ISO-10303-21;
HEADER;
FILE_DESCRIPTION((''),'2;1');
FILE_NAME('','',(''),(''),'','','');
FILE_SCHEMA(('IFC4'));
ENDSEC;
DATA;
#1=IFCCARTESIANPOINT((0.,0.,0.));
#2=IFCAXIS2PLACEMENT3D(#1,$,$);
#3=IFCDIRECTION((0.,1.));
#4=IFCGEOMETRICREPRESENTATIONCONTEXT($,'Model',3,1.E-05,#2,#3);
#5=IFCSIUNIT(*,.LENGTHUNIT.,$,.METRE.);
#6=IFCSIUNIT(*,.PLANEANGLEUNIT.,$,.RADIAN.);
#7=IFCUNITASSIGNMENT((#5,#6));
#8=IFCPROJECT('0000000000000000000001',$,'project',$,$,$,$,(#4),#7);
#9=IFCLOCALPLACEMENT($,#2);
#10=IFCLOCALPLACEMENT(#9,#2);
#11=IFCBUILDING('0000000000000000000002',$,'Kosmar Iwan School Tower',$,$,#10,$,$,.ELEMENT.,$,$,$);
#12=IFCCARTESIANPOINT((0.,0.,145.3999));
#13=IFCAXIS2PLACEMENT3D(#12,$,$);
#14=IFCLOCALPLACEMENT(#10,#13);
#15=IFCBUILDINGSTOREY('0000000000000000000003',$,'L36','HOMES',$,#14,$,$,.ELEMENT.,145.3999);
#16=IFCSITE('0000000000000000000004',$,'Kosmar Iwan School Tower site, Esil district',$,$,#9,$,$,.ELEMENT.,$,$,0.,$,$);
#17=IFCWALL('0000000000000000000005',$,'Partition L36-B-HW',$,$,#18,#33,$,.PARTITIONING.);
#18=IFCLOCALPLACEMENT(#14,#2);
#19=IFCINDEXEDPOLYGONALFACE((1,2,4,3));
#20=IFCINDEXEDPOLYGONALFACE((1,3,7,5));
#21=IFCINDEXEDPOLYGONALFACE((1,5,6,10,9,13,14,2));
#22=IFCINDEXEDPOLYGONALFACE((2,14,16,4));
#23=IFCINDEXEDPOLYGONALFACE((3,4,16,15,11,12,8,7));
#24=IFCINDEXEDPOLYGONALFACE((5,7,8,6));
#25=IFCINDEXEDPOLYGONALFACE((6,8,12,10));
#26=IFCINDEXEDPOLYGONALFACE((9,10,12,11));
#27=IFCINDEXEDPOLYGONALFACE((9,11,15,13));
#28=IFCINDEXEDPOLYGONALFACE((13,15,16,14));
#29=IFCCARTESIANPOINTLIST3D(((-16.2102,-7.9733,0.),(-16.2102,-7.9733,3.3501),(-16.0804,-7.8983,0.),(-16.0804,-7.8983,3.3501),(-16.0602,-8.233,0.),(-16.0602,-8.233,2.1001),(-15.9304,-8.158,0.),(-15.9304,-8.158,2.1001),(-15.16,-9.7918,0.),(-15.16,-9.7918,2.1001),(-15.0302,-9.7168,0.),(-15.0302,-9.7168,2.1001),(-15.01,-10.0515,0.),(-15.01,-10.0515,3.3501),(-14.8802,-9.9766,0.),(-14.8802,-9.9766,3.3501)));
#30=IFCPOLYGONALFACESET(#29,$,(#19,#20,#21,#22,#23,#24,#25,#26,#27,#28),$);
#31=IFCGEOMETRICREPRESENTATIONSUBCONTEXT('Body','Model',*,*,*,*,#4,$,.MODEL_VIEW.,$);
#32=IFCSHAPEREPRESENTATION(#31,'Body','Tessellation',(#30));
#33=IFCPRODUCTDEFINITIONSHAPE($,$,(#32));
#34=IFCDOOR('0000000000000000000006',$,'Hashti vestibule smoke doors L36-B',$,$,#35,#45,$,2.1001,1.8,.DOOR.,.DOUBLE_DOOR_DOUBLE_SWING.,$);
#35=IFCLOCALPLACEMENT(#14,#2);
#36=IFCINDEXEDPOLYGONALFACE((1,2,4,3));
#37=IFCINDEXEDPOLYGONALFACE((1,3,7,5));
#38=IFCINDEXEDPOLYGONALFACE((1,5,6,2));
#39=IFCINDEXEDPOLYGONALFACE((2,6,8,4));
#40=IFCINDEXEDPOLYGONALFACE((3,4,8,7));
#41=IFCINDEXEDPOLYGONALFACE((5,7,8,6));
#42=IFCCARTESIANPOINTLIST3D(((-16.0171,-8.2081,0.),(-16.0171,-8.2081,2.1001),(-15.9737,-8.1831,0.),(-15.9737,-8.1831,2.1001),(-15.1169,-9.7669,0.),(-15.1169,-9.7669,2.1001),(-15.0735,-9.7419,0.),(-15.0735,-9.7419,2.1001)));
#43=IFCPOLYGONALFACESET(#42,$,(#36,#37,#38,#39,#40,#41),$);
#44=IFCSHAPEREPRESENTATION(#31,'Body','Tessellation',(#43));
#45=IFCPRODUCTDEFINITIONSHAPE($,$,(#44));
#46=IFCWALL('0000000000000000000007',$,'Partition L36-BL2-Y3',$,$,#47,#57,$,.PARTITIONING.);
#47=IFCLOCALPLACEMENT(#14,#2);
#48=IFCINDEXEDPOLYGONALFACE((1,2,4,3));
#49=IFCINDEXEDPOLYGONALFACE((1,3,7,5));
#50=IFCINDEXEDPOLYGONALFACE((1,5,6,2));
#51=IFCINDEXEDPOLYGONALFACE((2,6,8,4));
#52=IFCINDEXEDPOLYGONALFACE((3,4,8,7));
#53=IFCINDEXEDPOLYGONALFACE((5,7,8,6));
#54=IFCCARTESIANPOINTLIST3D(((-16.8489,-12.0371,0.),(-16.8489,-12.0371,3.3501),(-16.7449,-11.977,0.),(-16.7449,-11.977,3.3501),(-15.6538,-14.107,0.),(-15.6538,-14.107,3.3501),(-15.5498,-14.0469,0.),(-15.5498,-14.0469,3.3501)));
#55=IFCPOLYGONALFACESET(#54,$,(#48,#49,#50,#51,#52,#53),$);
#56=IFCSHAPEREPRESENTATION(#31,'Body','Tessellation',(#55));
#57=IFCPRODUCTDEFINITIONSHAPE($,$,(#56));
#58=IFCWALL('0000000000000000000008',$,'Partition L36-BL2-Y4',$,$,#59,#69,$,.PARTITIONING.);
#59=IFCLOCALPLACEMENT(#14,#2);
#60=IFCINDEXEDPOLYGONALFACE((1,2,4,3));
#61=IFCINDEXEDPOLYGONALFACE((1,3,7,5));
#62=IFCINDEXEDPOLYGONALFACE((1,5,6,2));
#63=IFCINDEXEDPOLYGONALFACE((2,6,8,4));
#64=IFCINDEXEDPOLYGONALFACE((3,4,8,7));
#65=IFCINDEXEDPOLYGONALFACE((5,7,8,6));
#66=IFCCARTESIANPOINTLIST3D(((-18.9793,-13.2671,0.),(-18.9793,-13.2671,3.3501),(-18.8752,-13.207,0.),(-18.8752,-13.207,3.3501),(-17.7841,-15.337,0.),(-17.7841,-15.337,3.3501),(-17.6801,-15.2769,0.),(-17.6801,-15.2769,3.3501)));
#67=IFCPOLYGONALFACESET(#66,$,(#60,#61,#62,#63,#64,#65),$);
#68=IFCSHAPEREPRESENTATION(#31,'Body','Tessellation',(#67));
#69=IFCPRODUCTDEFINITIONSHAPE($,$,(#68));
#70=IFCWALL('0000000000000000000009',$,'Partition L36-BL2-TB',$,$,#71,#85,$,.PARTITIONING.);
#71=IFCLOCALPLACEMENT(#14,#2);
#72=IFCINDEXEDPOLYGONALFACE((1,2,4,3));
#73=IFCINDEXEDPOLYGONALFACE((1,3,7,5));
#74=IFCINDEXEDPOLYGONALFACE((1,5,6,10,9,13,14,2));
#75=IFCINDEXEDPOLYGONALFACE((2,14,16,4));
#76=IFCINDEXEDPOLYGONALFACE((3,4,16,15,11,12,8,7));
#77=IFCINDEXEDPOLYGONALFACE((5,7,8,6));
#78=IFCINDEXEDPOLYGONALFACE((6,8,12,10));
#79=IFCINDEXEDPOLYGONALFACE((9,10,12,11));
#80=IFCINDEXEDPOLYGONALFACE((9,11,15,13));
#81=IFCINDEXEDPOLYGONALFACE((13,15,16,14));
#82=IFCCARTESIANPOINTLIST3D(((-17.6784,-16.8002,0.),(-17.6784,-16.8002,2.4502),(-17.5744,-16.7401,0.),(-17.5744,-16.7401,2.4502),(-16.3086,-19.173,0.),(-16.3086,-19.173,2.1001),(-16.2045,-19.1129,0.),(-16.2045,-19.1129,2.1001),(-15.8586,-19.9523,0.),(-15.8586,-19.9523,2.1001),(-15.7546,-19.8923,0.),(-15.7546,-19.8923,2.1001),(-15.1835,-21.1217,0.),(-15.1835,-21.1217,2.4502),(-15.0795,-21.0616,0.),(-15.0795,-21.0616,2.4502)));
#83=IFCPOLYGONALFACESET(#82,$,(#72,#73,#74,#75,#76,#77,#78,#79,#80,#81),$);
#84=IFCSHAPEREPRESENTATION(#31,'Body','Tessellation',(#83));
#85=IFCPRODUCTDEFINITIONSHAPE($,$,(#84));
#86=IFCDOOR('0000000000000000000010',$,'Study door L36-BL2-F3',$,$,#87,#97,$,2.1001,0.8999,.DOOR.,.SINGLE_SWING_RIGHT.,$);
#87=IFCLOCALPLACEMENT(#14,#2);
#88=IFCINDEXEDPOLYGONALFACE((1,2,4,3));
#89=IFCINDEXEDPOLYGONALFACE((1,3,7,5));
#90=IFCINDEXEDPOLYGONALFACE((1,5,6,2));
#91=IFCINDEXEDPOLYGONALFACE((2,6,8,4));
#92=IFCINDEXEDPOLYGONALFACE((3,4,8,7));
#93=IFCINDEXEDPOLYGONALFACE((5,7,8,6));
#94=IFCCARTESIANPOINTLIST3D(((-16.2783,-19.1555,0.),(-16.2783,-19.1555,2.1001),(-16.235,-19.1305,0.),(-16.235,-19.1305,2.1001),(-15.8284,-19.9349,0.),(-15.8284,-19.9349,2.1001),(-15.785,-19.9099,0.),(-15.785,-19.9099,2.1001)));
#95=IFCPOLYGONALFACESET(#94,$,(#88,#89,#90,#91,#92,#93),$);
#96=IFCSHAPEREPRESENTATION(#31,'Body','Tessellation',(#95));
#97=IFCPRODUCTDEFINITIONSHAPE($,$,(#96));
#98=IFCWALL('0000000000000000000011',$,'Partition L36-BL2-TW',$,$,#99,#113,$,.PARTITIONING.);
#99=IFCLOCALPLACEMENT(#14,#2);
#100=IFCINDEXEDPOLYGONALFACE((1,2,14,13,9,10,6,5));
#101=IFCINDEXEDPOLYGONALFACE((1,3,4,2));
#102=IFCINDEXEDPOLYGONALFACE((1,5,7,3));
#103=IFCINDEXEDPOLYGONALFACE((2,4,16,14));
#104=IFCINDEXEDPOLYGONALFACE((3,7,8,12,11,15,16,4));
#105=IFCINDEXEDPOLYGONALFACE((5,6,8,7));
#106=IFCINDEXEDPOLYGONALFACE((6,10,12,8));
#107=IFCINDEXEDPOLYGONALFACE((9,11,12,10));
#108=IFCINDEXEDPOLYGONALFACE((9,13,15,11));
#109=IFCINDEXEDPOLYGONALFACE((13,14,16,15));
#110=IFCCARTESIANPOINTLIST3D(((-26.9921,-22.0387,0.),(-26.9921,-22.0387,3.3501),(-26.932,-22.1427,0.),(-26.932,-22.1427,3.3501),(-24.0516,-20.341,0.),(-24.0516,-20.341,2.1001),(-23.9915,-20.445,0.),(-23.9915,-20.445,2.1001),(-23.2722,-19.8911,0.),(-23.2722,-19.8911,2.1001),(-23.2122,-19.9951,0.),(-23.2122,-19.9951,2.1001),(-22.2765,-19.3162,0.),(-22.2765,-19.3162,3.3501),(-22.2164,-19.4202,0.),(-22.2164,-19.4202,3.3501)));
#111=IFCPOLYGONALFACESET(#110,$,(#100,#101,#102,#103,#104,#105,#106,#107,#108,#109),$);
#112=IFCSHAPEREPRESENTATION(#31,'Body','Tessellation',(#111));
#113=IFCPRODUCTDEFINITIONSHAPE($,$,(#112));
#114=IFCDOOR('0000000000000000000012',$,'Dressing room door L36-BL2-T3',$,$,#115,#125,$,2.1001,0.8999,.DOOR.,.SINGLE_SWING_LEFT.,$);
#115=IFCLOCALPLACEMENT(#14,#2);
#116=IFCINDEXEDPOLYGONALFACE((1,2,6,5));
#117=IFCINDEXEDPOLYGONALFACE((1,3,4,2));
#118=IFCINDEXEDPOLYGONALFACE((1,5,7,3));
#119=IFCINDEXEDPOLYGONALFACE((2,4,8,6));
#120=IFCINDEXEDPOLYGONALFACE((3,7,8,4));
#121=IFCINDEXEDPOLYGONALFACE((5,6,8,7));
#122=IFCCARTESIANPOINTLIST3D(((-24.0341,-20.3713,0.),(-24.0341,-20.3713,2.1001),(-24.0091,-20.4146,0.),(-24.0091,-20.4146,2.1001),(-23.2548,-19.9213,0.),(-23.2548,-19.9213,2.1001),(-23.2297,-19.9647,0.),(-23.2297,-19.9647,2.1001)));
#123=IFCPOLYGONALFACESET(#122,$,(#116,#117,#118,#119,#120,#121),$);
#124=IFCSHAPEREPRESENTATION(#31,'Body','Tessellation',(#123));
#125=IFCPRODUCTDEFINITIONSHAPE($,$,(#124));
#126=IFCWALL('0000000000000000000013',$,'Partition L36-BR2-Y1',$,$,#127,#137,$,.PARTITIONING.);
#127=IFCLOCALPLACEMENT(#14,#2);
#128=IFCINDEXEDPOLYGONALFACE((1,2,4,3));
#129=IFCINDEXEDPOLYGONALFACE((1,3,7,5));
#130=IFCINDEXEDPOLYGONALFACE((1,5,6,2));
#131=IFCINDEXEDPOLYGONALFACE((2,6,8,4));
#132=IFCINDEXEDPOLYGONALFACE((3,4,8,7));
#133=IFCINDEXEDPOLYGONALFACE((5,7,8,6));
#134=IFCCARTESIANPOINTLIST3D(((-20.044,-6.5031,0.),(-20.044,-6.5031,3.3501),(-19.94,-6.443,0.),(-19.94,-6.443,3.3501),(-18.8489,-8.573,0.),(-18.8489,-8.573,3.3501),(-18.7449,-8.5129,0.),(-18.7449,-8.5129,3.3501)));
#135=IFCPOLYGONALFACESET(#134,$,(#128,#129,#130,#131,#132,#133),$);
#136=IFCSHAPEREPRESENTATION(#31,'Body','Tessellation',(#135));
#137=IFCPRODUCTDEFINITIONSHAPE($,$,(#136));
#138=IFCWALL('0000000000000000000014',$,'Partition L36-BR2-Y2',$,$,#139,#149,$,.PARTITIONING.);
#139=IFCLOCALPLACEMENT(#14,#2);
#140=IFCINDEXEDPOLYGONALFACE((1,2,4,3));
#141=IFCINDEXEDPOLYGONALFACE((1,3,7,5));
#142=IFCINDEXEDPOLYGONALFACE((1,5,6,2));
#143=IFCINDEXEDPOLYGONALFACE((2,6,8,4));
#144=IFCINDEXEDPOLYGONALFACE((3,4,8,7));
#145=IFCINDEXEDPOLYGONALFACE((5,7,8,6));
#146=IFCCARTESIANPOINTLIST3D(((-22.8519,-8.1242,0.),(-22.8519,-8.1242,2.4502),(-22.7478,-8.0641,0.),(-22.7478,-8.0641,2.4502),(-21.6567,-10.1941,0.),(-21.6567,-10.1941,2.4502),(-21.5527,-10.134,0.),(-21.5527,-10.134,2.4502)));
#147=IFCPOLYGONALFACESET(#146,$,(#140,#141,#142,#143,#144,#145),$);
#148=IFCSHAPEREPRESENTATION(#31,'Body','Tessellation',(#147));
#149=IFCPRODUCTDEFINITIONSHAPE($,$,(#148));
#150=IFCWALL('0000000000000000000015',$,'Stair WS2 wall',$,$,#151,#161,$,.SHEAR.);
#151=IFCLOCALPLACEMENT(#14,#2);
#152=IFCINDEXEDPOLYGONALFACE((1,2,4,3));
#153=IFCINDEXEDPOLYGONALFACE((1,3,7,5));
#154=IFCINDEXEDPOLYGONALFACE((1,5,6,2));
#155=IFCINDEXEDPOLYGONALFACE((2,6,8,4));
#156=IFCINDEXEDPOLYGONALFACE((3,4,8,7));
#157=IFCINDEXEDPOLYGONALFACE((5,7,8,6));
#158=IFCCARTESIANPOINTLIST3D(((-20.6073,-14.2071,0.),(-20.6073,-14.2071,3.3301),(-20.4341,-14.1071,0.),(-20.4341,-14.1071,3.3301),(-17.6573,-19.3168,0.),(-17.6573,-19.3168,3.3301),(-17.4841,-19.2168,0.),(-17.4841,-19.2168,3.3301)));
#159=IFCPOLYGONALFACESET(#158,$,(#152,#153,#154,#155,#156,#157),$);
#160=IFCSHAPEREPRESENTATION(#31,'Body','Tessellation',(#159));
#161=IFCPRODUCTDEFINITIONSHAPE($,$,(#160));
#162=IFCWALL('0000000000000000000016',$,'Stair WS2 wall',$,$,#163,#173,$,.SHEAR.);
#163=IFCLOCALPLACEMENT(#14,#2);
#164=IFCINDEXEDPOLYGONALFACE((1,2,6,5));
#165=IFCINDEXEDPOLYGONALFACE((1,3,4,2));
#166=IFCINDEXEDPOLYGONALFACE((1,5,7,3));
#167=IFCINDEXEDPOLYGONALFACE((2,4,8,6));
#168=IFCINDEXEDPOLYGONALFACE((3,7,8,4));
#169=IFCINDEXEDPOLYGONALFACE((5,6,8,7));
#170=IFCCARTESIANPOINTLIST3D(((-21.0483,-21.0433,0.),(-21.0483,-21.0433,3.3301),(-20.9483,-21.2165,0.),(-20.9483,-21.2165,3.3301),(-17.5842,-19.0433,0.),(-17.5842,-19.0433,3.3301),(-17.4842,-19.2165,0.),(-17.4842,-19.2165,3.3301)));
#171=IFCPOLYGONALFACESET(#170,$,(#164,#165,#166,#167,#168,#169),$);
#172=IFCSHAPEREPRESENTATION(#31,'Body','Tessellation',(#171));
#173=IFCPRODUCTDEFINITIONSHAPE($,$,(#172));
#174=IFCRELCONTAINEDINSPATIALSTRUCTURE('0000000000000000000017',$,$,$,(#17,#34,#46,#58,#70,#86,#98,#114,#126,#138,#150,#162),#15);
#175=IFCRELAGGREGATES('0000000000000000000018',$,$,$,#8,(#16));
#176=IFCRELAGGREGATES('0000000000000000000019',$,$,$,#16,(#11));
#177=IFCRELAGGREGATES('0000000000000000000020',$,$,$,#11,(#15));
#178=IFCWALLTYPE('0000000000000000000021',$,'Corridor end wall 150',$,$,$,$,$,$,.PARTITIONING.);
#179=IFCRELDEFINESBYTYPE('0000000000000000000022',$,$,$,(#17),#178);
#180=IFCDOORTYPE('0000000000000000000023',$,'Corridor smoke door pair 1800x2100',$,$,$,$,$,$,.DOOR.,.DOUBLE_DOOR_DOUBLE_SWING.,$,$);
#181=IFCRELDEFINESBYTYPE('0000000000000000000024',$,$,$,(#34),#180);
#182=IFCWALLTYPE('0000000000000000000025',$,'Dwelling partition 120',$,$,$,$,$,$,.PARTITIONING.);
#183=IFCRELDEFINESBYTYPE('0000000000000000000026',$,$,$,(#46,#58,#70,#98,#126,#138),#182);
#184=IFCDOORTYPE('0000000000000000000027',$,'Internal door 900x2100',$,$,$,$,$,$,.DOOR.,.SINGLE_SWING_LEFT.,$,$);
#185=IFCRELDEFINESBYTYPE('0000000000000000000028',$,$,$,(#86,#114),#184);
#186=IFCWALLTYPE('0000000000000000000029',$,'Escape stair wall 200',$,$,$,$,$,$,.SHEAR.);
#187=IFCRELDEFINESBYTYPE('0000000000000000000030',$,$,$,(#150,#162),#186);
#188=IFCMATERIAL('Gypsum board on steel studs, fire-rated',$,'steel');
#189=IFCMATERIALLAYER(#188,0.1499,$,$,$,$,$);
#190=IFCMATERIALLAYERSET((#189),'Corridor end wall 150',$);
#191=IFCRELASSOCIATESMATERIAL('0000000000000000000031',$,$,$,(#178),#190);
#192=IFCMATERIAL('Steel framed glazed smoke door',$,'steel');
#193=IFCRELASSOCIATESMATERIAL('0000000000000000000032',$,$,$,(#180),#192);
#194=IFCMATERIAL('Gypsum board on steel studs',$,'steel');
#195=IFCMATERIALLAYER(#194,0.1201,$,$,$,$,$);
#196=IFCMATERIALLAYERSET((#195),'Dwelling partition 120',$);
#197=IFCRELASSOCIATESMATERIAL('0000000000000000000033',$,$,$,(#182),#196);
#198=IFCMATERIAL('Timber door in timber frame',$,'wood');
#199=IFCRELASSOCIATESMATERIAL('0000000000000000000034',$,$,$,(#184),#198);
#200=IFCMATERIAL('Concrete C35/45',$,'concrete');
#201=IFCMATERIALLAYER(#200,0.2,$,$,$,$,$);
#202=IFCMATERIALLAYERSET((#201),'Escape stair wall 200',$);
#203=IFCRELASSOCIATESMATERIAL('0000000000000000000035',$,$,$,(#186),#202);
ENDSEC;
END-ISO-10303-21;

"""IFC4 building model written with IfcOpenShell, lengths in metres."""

from ifc_helpers import new_model, si_unit, direction, frame, frame_2d, origin, place, context, subcontext, project, spatial, rectangle, extrude, material, layer, layer_set, type_object, element, fill, save


model = new_model("IFC4")

# Units and contexts
model_context = context("Model", 3, precision=1e-05, world=origin(), true_north=direction((0.0, 1.0)))
body_context = subcontext(model_context, "Body", "Model", "MODEL_VIEW")
ifc_project = project(units=[si_unit("LENGTHUNIT", "METRE"), si_unit("PLANEANGLEUNIT", "RADIAN")], contexts=[model_context])

# Site, building, storey
site_placement = place(None, origin())
site = spatial("IfcSite", under=ifc_project, at=site_placement, Name="Kosmar Iwan School Tower site, Esil district", CompositionType="ELEMENT", RefElevation=0.0)
building_placement = place(site_placement, origin())
building = spatial("IfcBuilding", under=site, at=building_placement, Name="Kosmar Iwan School Tower", CompositionType="ELEMENT")
storey_placement = place(building_placement, frame((0.0, 0.0, 145.3999)))
storey = spatial("IfcBuildingStorey", under=building, at=storey_placement, Name="L36", Description="HOMES", CompositionType="ELEMENT", Elevation=145.3999)

# Wall, opening, door
ifc_material_1 = material(Name="Gypsum board on steel studs, fire-rated", Category="steel")
ifc_layer_1 = layer(ifc_material_1, 0.1499)
ifc_layer_set_1 = layer_set([ifc_layer_1], Name="Corridor end wall 150")
wall_type_1 = type_object("IfcWallType", Name="Corridor end wall 150", PredefinedType="PARTITIONING", material=ifc_layer_set_1)
wall_1_placement = place(storey_placement, frame((-16.1453, -7.9358, 0.0), z_axis=(0.0, 0.0, 1.0), x_axis=(0.500078, -0.865981, 0.0)))
wall_1 = element("IfcWall", 1, at=wall_1_placement, inside=storey, type_object=wall_type_1, Name="Partition L36-B-HW", PredefinedType="PARTITIONING", context=body_context, shape_type="SweptSolid", body=[
    extrude(rectangle(XDim=2.3999, YDim=0.1499, at=frame_2d((1.2, 0.0))), origin(), (0.0, 0.0, 1.0), 3.3501),
])
opening_1_placement = place(wall_1_placement, frame((0.3, 0.0, 0.0)))
opening_1 = element("IfcOpeningElement", 2, at=opening_1_placement, cuts=wall_1, PredefinedType="OPENING", context=body_context, shape_type="SweptSolid", body=[
    extrude(rectangle(XDim=1.8, YDim=2.1001, at=frame_2d((0.8999, 1.05))), frame((0.0, 0.0869, 0.0), z_axis=(0.0, -1.0, 0.0), x_axis=(1.0, 0.0, 0.0)), (0.0, 0.0, 1.0), 0.1738),
])
ifc_material_2 = material(Name="Steel framed glazed smoke door", Category="steel")
door_type_1 = type_object("IfcDoorType", Name="Corridor smoke door pair 1800x2100", OperationType="DOUBLE_DOOR_DOUBLE_SWING", PredefinedType="DOOR", material=ifc_material_2)
door_1_placement = place(opening_1_placement, origin())
door_1 = element("IfcDoor", 3, at=door_1_placement, inside=storey, type_object=door_type_1, Name="Hashti vestibule smoke doors L36-B", OperationType="DOUBLE_DOOR_DOUBLE_SWING", OverallHeight=2.1001, OverallWidth=1.8, PredefinedType="DOOR", context=body_context, shape_type="SweptSolid", body=[
    extrude(rectangle(XDim=1.8, YDim=2.1001, at=frame_2d((0.8999, 1.05))), frame((0.0, 0.0249, 0.0), z_axis=(0.0, -1.0, 0.0), x_axis=(1.0, 0.0, 0.0)), (0.0, 0.0, 1.0), 0.05),
])
fill(opening_1, door_1)

# Walls
ifc_material_3 = material(Name="Gypsum board on steel studs", Category="steel")
ifc_layer_2 = layer(ifc_material_3, 0.1201)
ifc_layer_set_2 = layer_set([ifc_layer_2], Name="Dwelling partition 120")
wall_type_2 = type_object("IfcWallType", Name="Dwelling partition 120", PredefinedType="PARTITIONING", material=ifc_layer_set_2)
for number, where, z_axis, x_axis, name in (
    (4, (-16.7969, -12.0071, 0.0), (0.0, 0.0, 1.0), (0.500017, -0.866015, 0.0), "Partition L36-BL2-Y3"),
    (5, (-18.9272, -13.2371, 0.0), (0.0, 0.0, 1.0), (0.500017, -0.866015, 0.0), "Partition L36-BL2-Y4"),
):
    element("IfcWall", number, at=place(storey_placement, frame(where, z_axis=z_axis, x_axis=x_axis)), inside=storey, type_object=wall_type_2, Name=name, PredefinedType="PARTITIONING", context=body_context, shape_type="SweptSolid", body=[
        extrude(rectangle(XDim=2.3901, YDim=0.1201, at=frame_2d((1.1951, 0.0))), origin(), (0.0, 0.0, 1.0), 3.3501),
    ])

# Walls, openings, doors
wall_2_placement = place(storey_placement, frame((-17.6265, -16.77, 0.0), z_axis=(0.0, 0.0, 1.0), x_axis=(0.499975, -0.86604, 0.0)))
wall_2 = element("IfcWall", 6, at=wall_2_placement, inside=storey, type_object=wall_type_2, Name="Partition L36-BL2-TB", PredefinedType="PARTITIONING", context=body_context, shape_type="SweptSolid", body=[
    extrude(rectangle(XDim=4.99, YDim=0.1201, at=frame_2d((2.4951, 0.0))), origin(), (0.0, 0.0, 1.0), 2.4502),
])
opening_2_placement = place(wall_2_placement, frame((2.74, 0.0, 0.0)))
opening_2 = element("IfcOpeningElement", 7, at=opening_2_placement, cuts=wall_2, PredefinedType="OPENING", context=body_context, shape_type="SweptSolid", body=[
    extrude(rectangle(XDim=0.8999, YDim=2.1001, at=frame_2d((0.45, 1.05))), frame((0.0, 0.072, 0.0), z_axis=(0.0, -1.0, 0.0), x_axis=(1.0, 0.0, 0.0)), (0.0, 0.0, 1.0), 0.144),
])
ifc_material_4 = material(Name="Timber door in timber frame", Category="wood")
door_type_2 = type_object("IfcDoorType", Name="Internal door 900x2100", OperationType="SINGLE_SWING_LEFT", PredefinedType="DOOR", material=ifc_material_4)
door_2_placement = place(opening_2_placement, origin())
door_2 = element("IfcDoor", 8, at=door_2_placement, inside=storey, type_object=door_type_2, Name="Study door L36-BL2-F3", OperationType="SINGLE_SWING_RIGHT", OverallHeight=2.1001, OverallWidth=0.8999, PredefinedType="DOOR", context=body_context, shape_type="SweptSolid", body=[
    extrude(rectangle(XDim=0.8999, YDim=2.1001, at=frame_2d((0.45, 1.05))), frame((0.0, 0.0249, 0.0), z_axis=(0.0, -1.0, 0.0), x_axis=(1.0, 0.0, 0.0)), (0.0, 0.0, 1.0), 0.05),
])
fill(opening_2, door_2)
wall_3_placement = place(storey_placement, frame((-22.2463, -19.3682, 0.0), z_axis=(0.0, 0.0, 1.0), x_axis=(-0.866036, -0.499982, 0.0)))
wall_3 = element("IfcWall", 9, at=wall_3_placement, inside=storey, type_object=wall_type_2, Name="Partition L36-BL2-TW", PredefinedType="PARTITIONING", context=body_context, shape_type="SweptSolid", body=[
    extrude(rectangle(XDim=5.4451, YDim=0.1201, at=frame_2d((2.7227, 0.0))), origin(), (0.0, 0.0, 1.0), 3.3501),
])
opening_3_placement = place(wall_3_placement, frame((1.1499, 0.0, 0.0)))
opening_3 = element("IfcOpeningElement", 10, at=opening_3_placement, cuts=wall_3, PredefinedType="OPENING", context=body_context, shape_type="SweptSolid", body=[
    extrude(rectangle(XDim=0.8999, YDim=2.1001, at=frame_2d((0.45, 1.05))), frame((0.0, 0.072, 0.0), z_axis=(0.0, -1.0, 0.0), x_axis=(1.0, 0.0, 0.0)), (0.0, 0.0, 1.0), 0.144),
])
door_3_placement = place(opening_3_placement, origin())
door_3 = element("IfcDoor", 11, at=door_3_placement, inside=storey, type_object=door_type_2, Name="Dressing room door L36-BL2-T3", OperationType="SINGLE_SWING_LEFT", OverallHeight=2.1001, OverallWidth=0.8999, PredefinedType="DOOR", context=body_context, shape_type="SweptSolid", body=[
    extrude(rectangle(XDim=0.8999, YDim=2.1001, at=frame_2d((0.45, 1.05))), frame((0.0, 0.0249, 0.0), z_axis=(0.0, -1.0, 0.0), x_axis=(1.0, 0.0, 0.0)), (0.0, 0.0, 1.0), 0.05),
])
fill(opening_3, door_3)

# Walls
wall_4_placement = place(storey_placement, frame((-18.7969, -8.543, 0.0), z_axis=(0.0, 0.0, 1.0), x_axis=(-0.500017, 0.866015, 0.0)))
element("IfcWall", 12, at=wall_4_placement, inside=storey, type_object=wall_type_2, Name="Partition L36-BR2-Y1", PredefinedType="PARTITIONING", context=body_context, shape_type="SweptSolid", body=[
    extrude(rectangle(XDim=2.3901, YDim=0.1201, at=frame_2d((1.1951, 0.0))), origin(), (0.0, 0.0, 1.0), 3.3501),
])
wall_5_placement = place(storey_placement, frame((-21.6047, -10.1641, 0.0), z_axis=(0.0, 0.0, 1.0), x_axis=(-0.500017, 0.866015, 0.0)))
element("IfcWall", 13, at=wall_5_placement, inside=storey, type_object=wall_type_2, Name="Partition L36-BR2-Y2", PredefinedType="PARTITIONING", context=body_context, shape_type="SweptSolid", body=[
    extrude(rectangle(XDim=2.3901, YDim=0.1201, at=frame_2d((1.1951, 0.0))), origin(), (0.0, 0.0, 1.0), 2.4502),
])
ifc_material_5 = material(Name="Concrete C35/45", Category="concrete")
ifc_layer_3 = layer(ifc_material_5, 0.2)
ifc_layer_set_3 = layer_set([ifc_layer_3], Name="Escape stair wall 200")
wall_type_3 = type_object("IfcWallType", Name="Escape stair wall 200", PredefinedType="SHEAR", material=ifc_layer_set_3)
wall_6_placement = place(storey_placement, frame((-20.5208, -14.157, 0.0), z_axis=(0.0, 0.0, 1.0), x_axis=(0.499989, -0.866032, 0.0)))
element("IfcWall", 14, at=wall_6_placement, inside=storey, type_object=wall_type_3, Name="Stair WS2 wall", PredefinedType="SHEAR", context=body_context, shape_type="SweptSolid", body=[
    extrude(rectangle(XDim=5.9001, YDim=0.2, at=frame_2d((2.9502, 0.0))), origin(), (0.0, 0.0, 1.0), 3.3301),
])
wall_7_placement = place(storey_placement, frame((-17.5342, -19.1299, 0.0), z_axis=(0.0, 0.0, 1.0), x_axis=(-0.866026, -0.499999, 0.0)))
element("IfcWall", 15, at=wall_7_placement, inside=storey, type_object=wall_type_3, Name="Stair WS2 wall", PredefinedType="SHEAR", context=body_context, shape_type="SweptSolid", body=[
    extrude(rectangle(XDim=4.0, YDim=0.2, at=frame_2d((2.0, 0.0))), origin(), (0.0, 0.0, 1.0), 3.3301),
])

save(model, "model.ifc")
